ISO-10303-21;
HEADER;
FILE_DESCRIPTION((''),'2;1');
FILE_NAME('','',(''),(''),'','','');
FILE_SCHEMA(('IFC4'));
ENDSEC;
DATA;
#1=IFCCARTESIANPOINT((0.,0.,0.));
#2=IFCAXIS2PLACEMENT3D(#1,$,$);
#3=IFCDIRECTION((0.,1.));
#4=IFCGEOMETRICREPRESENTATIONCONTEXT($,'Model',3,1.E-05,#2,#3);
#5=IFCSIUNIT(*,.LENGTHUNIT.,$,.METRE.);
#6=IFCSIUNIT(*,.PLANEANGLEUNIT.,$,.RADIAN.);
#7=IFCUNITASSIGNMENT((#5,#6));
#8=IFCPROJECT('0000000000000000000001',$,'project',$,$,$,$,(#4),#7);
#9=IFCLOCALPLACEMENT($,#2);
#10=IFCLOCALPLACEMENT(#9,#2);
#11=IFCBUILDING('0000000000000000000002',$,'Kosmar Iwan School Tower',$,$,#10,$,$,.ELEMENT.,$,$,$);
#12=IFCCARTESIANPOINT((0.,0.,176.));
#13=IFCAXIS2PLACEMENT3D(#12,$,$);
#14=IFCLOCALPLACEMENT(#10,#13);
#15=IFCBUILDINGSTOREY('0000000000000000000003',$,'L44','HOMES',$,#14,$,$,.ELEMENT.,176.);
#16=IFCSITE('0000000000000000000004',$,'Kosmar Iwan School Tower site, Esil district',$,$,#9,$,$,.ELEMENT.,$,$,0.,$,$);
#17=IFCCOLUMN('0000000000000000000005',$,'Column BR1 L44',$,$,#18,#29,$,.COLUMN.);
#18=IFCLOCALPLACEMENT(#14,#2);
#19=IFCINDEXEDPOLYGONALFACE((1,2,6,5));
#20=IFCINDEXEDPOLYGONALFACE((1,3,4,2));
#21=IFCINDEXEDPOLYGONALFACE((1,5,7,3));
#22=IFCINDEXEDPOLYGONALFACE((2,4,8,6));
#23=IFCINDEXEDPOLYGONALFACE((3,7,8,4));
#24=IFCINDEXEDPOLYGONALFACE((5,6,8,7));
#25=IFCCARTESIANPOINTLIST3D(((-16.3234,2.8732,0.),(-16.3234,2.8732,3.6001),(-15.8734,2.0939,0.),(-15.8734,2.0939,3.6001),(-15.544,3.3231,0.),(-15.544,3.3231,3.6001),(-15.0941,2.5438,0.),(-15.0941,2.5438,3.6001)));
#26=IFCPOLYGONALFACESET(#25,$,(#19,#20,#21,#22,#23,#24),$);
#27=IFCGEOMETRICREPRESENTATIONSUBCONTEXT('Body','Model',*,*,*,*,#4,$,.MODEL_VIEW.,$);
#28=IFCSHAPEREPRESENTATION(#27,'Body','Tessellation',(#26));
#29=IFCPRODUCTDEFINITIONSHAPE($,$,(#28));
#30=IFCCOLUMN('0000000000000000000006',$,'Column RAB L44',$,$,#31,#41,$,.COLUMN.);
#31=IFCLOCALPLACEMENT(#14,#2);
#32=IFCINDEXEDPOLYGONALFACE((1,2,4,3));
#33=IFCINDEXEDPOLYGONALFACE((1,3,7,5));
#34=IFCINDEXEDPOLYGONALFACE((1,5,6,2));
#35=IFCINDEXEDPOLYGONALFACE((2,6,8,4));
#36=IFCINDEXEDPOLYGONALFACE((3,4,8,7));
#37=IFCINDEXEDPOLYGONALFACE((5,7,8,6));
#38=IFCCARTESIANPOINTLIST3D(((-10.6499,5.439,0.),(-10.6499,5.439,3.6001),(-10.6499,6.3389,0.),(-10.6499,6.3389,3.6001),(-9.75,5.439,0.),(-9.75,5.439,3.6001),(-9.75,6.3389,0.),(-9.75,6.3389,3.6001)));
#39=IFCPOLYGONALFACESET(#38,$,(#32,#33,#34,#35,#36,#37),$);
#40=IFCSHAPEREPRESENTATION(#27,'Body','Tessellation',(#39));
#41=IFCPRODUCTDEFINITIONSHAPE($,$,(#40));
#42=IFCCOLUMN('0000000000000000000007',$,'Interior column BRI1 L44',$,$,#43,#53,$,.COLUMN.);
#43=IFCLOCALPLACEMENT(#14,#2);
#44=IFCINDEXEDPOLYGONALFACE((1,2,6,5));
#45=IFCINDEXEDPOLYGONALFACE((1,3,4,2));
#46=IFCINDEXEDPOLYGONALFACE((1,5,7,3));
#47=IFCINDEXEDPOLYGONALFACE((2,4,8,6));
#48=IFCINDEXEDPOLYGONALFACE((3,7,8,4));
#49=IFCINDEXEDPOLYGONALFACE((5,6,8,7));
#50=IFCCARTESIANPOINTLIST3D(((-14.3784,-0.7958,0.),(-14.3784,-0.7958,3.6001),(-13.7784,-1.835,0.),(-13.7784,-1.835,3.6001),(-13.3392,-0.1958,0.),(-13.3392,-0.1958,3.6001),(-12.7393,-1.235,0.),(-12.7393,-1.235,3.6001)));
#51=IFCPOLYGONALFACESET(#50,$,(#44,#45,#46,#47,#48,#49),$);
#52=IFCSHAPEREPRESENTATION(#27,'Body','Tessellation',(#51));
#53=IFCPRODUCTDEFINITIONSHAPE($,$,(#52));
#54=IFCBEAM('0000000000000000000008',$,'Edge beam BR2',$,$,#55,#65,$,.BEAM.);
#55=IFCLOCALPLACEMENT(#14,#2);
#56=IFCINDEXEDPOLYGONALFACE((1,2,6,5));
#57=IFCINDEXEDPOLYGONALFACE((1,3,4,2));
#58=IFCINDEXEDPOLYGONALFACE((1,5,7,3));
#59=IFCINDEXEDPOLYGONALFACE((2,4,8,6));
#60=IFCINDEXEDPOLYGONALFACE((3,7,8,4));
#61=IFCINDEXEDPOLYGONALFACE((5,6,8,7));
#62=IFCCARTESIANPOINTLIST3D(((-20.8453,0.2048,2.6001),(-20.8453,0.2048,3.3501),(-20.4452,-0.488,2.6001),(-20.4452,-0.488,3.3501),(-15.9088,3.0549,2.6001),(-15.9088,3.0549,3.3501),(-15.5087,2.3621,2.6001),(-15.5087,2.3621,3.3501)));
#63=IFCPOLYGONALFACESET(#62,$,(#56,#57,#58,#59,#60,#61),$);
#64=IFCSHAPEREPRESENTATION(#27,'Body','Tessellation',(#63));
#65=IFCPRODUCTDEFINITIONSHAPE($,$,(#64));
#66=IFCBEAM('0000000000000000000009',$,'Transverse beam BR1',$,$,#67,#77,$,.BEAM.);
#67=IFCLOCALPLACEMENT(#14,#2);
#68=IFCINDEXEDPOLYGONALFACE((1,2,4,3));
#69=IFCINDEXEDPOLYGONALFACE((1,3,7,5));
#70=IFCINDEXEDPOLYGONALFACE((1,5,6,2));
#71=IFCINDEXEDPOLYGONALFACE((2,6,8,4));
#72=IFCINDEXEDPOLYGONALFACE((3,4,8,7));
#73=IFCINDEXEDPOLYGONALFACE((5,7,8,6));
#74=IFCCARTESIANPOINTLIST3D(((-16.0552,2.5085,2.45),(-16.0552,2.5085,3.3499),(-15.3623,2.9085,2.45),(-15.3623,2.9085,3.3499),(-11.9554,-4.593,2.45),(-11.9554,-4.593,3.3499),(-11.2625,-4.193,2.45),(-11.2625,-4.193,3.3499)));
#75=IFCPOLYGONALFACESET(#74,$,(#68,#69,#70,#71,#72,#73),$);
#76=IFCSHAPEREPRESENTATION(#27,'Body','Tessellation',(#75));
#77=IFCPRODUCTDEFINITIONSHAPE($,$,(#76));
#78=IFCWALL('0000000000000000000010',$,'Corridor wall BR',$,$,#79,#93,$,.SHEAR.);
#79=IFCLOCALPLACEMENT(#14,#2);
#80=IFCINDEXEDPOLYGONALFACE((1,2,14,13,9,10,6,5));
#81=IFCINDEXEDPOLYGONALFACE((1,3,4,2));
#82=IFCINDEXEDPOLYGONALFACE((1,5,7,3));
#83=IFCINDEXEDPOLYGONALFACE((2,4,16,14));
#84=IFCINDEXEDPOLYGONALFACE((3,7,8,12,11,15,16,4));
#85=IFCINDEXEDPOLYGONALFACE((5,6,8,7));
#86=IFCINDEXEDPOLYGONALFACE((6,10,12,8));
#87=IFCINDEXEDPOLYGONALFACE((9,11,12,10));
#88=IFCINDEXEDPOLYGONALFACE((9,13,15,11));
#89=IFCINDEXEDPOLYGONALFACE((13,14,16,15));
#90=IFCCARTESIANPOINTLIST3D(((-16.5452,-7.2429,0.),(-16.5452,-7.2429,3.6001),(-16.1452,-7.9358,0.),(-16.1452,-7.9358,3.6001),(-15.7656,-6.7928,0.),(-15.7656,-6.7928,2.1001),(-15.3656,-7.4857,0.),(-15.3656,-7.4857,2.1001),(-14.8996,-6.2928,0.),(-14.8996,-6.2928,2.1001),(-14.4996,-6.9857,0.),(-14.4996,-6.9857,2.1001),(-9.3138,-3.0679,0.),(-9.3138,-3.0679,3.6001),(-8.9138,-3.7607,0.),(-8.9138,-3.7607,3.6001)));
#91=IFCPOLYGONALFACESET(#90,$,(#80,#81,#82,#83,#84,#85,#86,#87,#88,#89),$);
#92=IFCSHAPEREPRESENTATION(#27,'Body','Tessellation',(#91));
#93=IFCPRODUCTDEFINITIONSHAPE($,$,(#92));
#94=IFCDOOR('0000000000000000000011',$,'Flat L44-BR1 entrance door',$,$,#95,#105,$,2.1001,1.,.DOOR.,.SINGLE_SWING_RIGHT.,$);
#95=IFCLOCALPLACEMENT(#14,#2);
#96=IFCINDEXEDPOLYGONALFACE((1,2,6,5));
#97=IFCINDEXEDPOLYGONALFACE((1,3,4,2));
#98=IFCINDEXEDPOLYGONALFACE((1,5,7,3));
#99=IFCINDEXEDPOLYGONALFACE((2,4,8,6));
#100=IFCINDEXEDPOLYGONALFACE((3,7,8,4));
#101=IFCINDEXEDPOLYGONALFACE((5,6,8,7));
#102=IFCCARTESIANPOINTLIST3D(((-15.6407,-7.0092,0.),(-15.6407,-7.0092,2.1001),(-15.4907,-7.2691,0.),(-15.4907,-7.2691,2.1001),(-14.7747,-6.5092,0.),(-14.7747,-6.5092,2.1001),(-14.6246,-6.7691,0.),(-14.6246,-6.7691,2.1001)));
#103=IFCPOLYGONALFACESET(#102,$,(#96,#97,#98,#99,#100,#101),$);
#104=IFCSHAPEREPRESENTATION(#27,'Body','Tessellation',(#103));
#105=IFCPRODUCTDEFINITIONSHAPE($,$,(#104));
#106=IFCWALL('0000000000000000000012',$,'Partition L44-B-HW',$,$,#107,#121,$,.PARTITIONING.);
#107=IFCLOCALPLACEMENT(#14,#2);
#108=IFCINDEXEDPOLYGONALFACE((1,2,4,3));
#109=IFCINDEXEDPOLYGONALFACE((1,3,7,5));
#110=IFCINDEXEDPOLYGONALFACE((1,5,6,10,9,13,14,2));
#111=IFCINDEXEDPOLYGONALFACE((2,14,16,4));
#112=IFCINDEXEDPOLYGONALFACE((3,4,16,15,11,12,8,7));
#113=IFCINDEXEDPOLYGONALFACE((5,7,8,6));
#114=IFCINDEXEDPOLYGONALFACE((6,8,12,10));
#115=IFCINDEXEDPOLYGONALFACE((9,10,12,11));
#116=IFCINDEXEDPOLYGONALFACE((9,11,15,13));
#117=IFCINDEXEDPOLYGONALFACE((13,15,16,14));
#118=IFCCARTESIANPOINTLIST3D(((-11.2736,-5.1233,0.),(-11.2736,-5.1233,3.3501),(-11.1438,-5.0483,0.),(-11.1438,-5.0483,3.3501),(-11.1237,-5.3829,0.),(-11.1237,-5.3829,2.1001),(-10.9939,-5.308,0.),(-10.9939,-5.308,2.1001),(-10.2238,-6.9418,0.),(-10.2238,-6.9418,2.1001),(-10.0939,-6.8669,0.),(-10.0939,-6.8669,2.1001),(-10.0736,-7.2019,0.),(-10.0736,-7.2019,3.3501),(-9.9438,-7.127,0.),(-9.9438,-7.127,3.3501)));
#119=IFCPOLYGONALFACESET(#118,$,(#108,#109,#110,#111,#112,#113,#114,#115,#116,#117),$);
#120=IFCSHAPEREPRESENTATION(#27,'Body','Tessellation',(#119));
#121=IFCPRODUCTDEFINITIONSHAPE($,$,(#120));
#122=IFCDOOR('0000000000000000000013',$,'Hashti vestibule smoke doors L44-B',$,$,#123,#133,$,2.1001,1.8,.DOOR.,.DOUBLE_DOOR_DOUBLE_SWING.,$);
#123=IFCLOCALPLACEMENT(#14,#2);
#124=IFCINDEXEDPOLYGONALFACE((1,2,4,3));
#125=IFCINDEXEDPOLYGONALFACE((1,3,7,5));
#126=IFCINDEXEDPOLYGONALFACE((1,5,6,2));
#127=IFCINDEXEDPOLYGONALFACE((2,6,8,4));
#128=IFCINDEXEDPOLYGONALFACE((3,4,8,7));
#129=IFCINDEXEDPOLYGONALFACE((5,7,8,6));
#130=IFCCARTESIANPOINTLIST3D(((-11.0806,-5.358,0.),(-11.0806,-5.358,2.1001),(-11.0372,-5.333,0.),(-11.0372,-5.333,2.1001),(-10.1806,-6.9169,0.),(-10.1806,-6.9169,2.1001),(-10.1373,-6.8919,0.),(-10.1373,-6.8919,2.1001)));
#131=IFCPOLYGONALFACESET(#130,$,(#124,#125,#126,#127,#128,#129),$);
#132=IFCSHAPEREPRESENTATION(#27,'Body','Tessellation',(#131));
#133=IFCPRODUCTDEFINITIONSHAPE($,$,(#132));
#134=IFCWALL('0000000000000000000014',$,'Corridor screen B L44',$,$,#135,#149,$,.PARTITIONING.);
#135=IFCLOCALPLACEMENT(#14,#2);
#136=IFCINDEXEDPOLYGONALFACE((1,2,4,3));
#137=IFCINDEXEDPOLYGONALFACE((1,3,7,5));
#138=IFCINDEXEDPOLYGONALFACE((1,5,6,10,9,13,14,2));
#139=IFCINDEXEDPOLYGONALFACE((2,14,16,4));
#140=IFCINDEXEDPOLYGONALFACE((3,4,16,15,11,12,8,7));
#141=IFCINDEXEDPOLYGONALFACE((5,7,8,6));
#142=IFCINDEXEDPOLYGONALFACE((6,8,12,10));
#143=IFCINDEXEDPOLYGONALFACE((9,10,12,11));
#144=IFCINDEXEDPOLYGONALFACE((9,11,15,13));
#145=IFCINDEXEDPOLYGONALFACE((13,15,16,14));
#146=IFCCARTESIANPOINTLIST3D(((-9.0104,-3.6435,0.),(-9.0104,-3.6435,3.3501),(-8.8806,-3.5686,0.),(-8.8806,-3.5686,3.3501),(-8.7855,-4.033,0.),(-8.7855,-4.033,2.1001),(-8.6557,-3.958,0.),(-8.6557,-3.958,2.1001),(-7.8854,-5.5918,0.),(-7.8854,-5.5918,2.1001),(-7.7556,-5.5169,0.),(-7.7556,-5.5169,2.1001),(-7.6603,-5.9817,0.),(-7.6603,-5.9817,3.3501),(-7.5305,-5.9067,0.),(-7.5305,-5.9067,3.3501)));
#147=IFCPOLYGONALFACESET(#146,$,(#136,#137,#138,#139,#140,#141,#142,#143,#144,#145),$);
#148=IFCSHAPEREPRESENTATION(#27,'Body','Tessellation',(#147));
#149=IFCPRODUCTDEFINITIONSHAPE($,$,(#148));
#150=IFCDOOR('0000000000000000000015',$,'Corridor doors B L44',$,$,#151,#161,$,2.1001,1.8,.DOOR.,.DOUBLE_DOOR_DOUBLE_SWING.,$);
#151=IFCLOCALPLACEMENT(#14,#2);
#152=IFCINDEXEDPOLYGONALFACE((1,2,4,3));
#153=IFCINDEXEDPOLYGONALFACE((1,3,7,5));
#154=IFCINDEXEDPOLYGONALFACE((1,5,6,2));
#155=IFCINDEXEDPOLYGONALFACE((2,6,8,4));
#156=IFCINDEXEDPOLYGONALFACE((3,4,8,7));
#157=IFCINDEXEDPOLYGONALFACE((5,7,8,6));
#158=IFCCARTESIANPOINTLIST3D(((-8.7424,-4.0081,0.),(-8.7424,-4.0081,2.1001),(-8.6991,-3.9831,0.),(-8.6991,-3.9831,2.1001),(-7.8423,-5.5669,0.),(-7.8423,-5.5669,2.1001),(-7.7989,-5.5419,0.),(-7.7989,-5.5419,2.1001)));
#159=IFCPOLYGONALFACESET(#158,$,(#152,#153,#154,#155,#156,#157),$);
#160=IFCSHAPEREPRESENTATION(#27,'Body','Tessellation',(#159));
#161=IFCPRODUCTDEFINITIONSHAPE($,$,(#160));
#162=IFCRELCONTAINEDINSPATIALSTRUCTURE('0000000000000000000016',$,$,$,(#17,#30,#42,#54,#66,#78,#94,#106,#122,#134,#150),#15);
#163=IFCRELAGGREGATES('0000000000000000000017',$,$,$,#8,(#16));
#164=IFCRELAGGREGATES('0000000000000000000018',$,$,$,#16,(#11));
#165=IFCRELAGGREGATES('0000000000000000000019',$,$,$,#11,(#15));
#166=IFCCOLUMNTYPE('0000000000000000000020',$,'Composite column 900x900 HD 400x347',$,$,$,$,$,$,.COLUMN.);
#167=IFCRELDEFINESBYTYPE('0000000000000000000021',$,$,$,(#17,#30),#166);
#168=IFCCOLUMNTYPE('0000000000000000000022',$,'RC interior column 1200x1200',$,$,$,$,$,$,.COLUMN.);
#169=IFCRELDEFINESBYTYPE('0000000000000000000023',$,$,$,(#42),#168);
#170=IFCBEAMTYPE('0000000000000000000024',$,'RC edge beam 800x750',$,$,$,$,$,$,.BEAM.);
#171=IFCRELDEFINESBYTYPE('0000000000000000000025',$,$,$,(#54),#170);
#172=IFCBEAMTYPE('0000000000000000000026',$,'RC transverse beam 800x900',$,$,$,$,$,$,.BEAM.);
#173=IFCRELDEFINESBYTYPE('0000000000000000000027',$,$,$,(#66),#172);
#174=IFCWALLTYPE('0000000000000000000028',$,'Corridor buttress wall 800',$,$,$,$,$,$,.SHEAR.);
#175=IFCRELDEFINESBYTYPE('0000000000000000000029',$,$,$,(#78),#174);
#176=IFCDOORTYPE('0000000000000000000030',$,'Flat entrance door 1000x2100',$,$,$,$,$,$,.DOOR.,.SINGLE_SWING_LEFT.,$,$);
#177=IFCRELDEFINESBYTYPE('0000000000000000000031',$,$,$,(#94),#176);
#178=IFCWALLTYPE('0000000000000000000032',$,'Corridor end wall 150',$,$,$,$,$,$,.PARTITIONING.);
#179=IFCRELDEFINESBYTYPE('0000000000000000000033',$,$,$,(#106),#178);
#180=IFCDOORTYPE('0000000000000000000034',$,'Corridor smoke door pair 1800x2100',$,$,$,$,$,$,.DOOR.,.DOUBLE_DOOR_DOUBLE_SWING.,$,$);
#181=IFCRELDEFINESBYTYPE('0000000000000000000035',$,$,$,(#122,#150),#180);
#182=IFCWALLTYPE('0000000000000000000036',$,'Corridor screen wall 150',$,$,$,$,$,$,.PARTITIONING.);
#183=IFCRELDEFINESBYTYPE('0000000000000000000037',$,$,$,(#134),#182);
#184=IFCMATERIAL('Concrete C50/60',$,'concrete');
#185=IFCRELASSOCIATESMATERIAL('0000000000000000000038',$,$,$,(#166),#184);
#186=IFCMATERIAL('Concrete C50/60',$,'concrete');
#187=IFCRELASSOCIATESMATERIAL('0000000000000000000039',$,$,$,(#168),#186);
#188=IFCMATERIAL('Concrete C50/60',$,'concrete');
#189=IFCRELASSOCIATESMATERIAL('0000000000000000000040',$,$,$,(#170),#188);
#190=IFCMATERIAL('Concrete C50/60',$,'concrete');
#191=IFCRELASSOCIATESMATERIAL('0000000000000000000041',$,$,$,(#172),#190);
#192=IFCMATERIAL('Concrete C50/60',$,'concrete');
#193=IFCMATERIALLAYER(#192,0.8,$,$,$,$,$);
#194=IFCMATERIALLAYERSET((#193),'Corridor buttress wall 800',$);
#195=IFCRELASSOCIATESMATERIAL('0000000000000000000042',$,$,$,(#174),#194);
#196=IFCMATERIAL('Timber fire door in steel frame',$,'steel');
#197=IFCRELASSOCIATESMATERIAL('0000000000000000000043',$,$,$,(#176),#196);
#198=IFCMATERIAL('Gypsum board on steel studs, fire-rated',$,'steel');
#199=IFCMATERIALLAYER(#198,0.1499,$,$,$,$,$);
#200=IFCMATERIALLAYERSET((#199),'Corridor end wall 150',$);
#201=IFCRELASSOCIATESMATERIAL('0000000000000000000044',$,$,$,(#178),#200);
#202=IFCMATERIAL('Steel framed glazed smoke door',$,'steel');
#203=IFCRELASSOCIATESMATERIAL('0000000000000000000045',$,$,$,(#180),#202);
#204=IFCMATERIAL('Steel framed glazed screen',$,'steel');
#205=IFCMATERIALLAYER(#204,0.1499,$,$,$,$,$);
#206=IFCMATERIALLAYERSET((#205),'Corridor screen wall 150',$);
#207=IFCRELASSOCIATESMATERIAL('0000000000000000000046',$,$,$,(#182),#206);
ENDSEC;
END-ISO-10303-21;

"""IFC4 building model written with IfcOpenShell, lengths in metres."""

from ifc_helpers import new_model, si_unit, direction, frame, frame_2d, origin, origin_2d, place, context, subcontext, project, spatial, rectangle, extrude, material, layer, layer_set, material_profile, profile_set, type_object, element, fill, save


model = new_model("IFC4")

# Units and contexts
model_context = context("Model", 3, precision=1e-05, world=origin(), true_north=direction((0.0, 1.0)))
body_context = subcontext(model_context, "Body", "Model", "MODEL_VIEW")
ifc_project = project(units=[si_unit("LENGTHUNIT", "METRE"), si_unit("PLANEANGLEUNIT", "RADIAN")], contexts=[model_context])

# Site, building, storey
site_placement = place(None, origin())
site = spatial("IfcSite", under=ifc_project, at=site_placement, Name="Kosmar Iwan School Tower site, Esil district", CompositionType="ELEMENT", RefElevation=0.0)
building_placement = place(site_placement, origin())
building = spatial("IfcBuilding", under=site, at=building_placement, Name="Kosmar Iwan School Tower", CompositionType="ELEMENT")
storey_placement = place(building_placement, frame((0.0, 0.0, 176.0)))
storey = spatial("IfcBuildingStorey", under=building, at=storey_placement, Name="L44", Description="HOMES", CompositionType="ELEMENT", Elevation=176.0)

# Columns
ifc_material_1 = material(Name="Concrete C50/60", Category="concrete")
ifc_material_profile_1 = material_profile(ifc_material_1, rectangle(XDim=0.8999, YDim=0.8999, at=origin_2d()), Name="RC 900x900 + HD 400x347")
ifc_profile_set_1 = profile_set([ifc_material_profile_1], Name="Concrete C50/60")
column_type_1 = type_object("IfcColumnType", Name="Composite column 900x900 HD 400x347", PredefinedType="COLUMN", material=ifc_profile_set_1)
for number, where, z_axis, x_axis, name in (
    (1, (-15.7087, 2.7085, 0.0), (0.0, 0.0, 1.0), (-0.866025, -0.5, 0.0), "Column BR1 L44"),
    (2, (-10.2, 5.8889, 0.0), (0.0, 0.0, 1.0), (1.0, 0.0, 0.0), "Column RAB L44"),
):
    element("IfcColumn", number, at=place(storey_placement, frame(where, z_axis=z_axis, x_axis=x_axis)), inside=storey, type_object=column_type_1, Name=name, PredefinedType="COLUMN", context=body_context, shape_type="SweptSolid", body=[
        extrude(rectangle(XDim=0.8999, YDim=0.8999, at=origin_2d()), origin(), (0.0, 0.0, 1.0), 3.6001),
    ])
ifc_material_2 = material(Name="Concrete C50/60", Category="concrete")
ifc_material_profile_2 = material_profile(ifc_material_2, rectangle(XDim=1.2, YDim=1.2, at=origin_2d()), Name="RC 1200x1200")
ifc_profile_set_2 = profile_set([ifc_material_profile_2], Name="Concrete C50/60")
column_type_2 = type_object("IfcColumnType", Name="RC interior column 1200x1200", PredefinedType="COLUMN", material=ifc_profile_set_2)
column_placement = place(storey_placement, frame((-13.5588, -1.0154, 0.0), z_axis=(0.0, 0.0, 1.0), x_axis=(-0.866025, -0.5, 0.0)))
element("IfcColumn", 3, at=column_placement, inside=storey, type_object=column_type_2, Name="Interior column BRI1 L44", PredefinedType="COLUMN", context=body_context, shape_type="SweptSolid", body=[
    extrude(rectangle(XDim=1.2, YDim=1.2, at=origin_2d()), origin(), (0.0, 0.0, 1.0), 3.6001),
])

# Beams
ifc_material_3 = material(Name="Concrete C50/60", Category="concrete")
ifc_material_profile_3 = material_profile(ifc_material_3, rectangle(XDim=0.8, YDim=0.75, at=origin_2d()), Name="RC 800x750")
ifc_profile_set_3 = profile_set([ifc_material_profile_3], Name="Concrete C50/60")
beam_type_1 = type_object("IfcBeamType", Name="RC edge beam 800x750", PredefinedType="BEAM", material=ifc_profile_set_3)
beam_1_placement = place(storey_placement, frame((-15.7087, 2.7085, 2.9751), z_axis=(-0.866026, -0.499999, 0.0), x_axis=(0.499999, -0.866026, 0.0)))
element("IfcBeam", 4, at=beam_1_placement, inside=storey, type_object=beam_type_1, Name="Edge beam BR2", PredefinedType="BEAM", context=body_context, shape_type="SweptSolid", body=[
    extrude(rectangle(XDim=0.8, YDim=0.75, at=origin_2d()), origin(), (0.0, 0.0, 1.0), 5.7002),
])
ifc_material_4 = material(Name="Concrete C50/60", Category="concrete")
ifc_material_profile_4 = material_profile(ifc_material_4, rectangle(XDim=0.8, YDim=0.8999, at=origin_2d()), Name="RC 800x900")
ifc_profile_set_4 = profile_set([ifc_material_profile_4], Name="Concrete C50/60")
beam_type_2 = type_object("IfcBeamType", Name="RC transverse beam 800x900", PredefinedType="BEAM", material=ifc_profile_set_4)
beam_2_placement = place(storey_placement, frame((-15.7087, 2.7085, 2.8999), z_axis=(0.499978, -0.866038, 0.0), x_axis=(0.866038, 0.499978, 0.0)))
element("IfcBeam", 5, at=beam_2_placement, inside=storey, type_object=beam_type_2, Name="Transverse beam BR1", PredefinedType="BEAM", context=body_context, shape_type="SweptSolid", body=[
    extrude(rectangle(XDim=0.8, YDim=0.8999, at=origin_2d()), origin(), (0.0, 0.0, 1.0), 8.2),
])

# Walls, openings, doors
ifc_material_5 = material(Name="Concrete C50/60", Category="concrete")
ifc_layer_1 = layer(ifc_material_5, 0.8)
ifc_layer_set_1 = layer_set([ifc_layer_1], Name="Corridor buttress wall 800")
wall_type_1 = type_object("IfcWallType", Name="Corridor buttress wall 800", PredefinedType="SHEAR", material=ifc_layer_set_1)
wall_1_placement = place(storey_placement, frame((-9.1138, -3.4143, 0.0), z_axis=(0.0, 0.0, 1.0), x_axis=(-0.866027, -0.499997, 0.0)))
wall_1 = element("IfcWall", 6, at=wall_1_placement, inside=storey, type_object=wall_type_1, Name="Corridor wall BR", PredefinedType="SHEAR", context=body_context, shape_type="SweptSolid", body=[
    extrude(rectangle(XDim=8.3501, YDim=0.8, at=frame_2d((4.175, 0.0))), origin(), (0.0, 0.0, 1.0), 3.6001),
])
opening_1_placement = place(wall_1_placement, frame((6.45, 0.0, 0.0)))
opening_1 = element("IfcOpeningElement", 7, at=opening_1_placement, cuts=wall_1, PredefinedType="OPENING", context=body_context, shape_type="SweptSolid", body=[
    extrude(rectangle(XDim=1.0, YDim=2.1001, at=frame_2d((0.5, 1.05))), frame((0.0, 0.4121, 0.0), z_axis=(0.0, -1.0, 0.0), x_axis=(1.0, 0.0, 0.0)), (0.0, 0.0, 1.0), 0.824),
])
ifc_material_6 = material(Name="Timber fire door in steel frame", Category="steel")
door_type_1 = type_object("IfcDoorType", Name="Flat entrance door 1000x2100", OperationType="SINGLE_SWING_LEFT", PredefinedType="DOOR", material=ifc_material_6)
door_1_placement = place(opening_1_placement, origin())
door_1 = element("IfcDoor", 8, at=door_1_placement, inside=storey, type_object=door_type_1, Name="Flat L44-BR1 entrance door", OperationType="SINGLE_SWING_RIGHT", OverallHeight=2.1001, OverallWidth=1.0, PredefinedType="DOOR", context=body_context, shape_type="SweptSolid", body=[
    extrude(rectangle(XDim=1.0, YDim=2.1001, at=frame_2d((0.5, 1.05))), frame((0.0, 0.1499, 0.0), z_axis=(0.0, -1.0, 0.0), x_axis=(1.0, 0.0, 0.0)), (0.0, 0.0, 1.0), 0.3),
])
fill(opening_1, door_1)
ifc_material_7 = material(Name="Gypsum board on steel studs, fire-rated", Category="steel")
ifc_layer_2 = layer(ifc_material_7, 0.1499)
ifc_layer_set_2 = layer_set([ifc_layer_2], Name="Corridor end wall 150")
wall_type_2 = type_object("IfcWallType", Name="Corridor end wall 150", PredefinedType="PARTITIONING", material=ifc_layer_set_2)
wall_2_placement = place(storey_placement, frame((-11.2087, -5.0857, 0.0), z_axis=(0.0, 0.0, 1.0), x_axis=(0.499957, -0.86605, 0.0)))
wall_2 = element("IfcWall", 9, at=wall_2_placement, inside=storey, type_object=wall_type_2, Name="Partition L44-B-HW", PredefinedType="PARTITIONING", context=body_context, shape_type="SweptSolid", body=[
    extrude(rectangle(XDim=2.4001, YDim=0.1499, at=frame_2d((1.2002, 0.0))), origin(), (0.0, 0.0, 1.0), 3.3501),
])
opening_2_placement = place(wall_2_placement, frame((0.3, 0.0, 0.0)))
opening_2 = element("IfcOpeningElement", 10, at=opening_2_placement, cuts=wall_2, PredefinedType="OPENING", context=body_context, shape_type="SweptSolid", body=[
    extrude(rectangle(XDim=1.8, YDim=2.1001, at=frame_2d((0.8999, 1.05))), frame((0.0, 0.0869, 0.0), z_axis=(0.0, -1.0, 0.0), x_axis=(1.0, 0.0, 0.0)), (0.0, 0.0, 1.0), 0.1738),
])
ifc_material_8 = material(Name="Steel framed glazed smoke door", Category="steel")
door_type_2 = type_object("IfcDoorType", Name="Corridor smoke door pair 1800x2100", OperationType="DOUBLE_DOOR_DOUBLE_SWING", PredefinedType="DOOR", material=ifc_material_8)
door_2_placement = place(opening_2_placement, origin())
door_2 = element("IfcDoor", 11, at=door_2_placement, inside=storey, type_object=door_type_2, Name="Hashti vestibule smoke doors L44-B", OperationType="DOUBLE_DOOR_DOUBLE_SWING", OverallHeight=2.1001, OverallWidth=1.8, PredefinedType="DOOR", context=body_context, shape_type="SweptSolid", body=[
    extrude(rectangle(XDim=1.8, YDim=2.1001, at=frame_2d((0.8999, 1.05))), frame((0.0, 0.0249, 0.0), z_axis=(0.0, -1.0, 0.0), x_axis=(1.0, 0.0, 0.0)), (0.0, 0.0, 1.0), 0.05),
])
fill(opening_2, door_2)
ifc_material_9 = material(Name="Steel framed glazed screen", Category="steel")
ifc_layer_3 = layer(ifc_material_9, 0.1499)
ifc_layer_set_3 = layer_set([ifc_layer_3], Name="Corridor screen wall 150")
wall_type_3 = type_object("IfcWallType", Name="Corridor screen wall 150", PredefinedType="PARTITIONING", material=ifc_layer_set_3)
wall_3_placement = place(storey_placement, frame((-8.9456, -3.606, 0.0), z_axis=(0.0, 0.0, 1.0), x_axis=(0.500049, -0.865997, 0.0)))
wall_3 = element("IfcWall", 12, at=wall_3_placement, inside=storey, type_object=wall_type_3, Name="Corridor screen B L44", PredefinedType="PARTITIONING", context=body_context, shape_type="SweptSolid", body=[
    extrude(rectangle(XDim=2.7, YDim=0.1499, at=frame_2d((1.3501, 0.0))), origin(), (0.0, 0.0, 1.0), 3.3501),
])
opening_3_placement = place(wall_3_placement, frame((0.45, 0.0, 0.0)))
opening_3 = element("IfcOpeningElement", 13, at=opening_3_placement, cuts=wall_3, PredefinedType="OPENING", context=body_context, shape_type="SweptSolid", body=[
    extrude(rectangle(XDim=1.8, YDim=2.1001, at=frame_2d((0.8999, 1.05))), frame((0.0, 0.0869, 0.0), z_axis=(0.0, -1.0, 0.0), x_axis=(1.0, 0.0, 0.0)), (0.0, 0.0, 1.0), 0.1738),
])
door_3_placement = place(opening_3_placement, origin())
door_3 = element("IfcDoor", 14, at=door_3_placement, inside=storey, type_object=door_type_2, Name="Corridor doors B L44", OperationType="DOUBLE_DOOR_DOUBLE_SWING", OverallHeight=2.1001, OverallWidth=1.8, PredefinedType="DOOR", context=body_context, shape_type="SweptSolid", body=[
    extrude(rectangle(XDim=1.8, YDim=2.1001, at=frame_2d((0.8999, 1.05))), frame((0.0, 0.0249, 0.0), z_axis=(0.0, -1.0, 0.0), x_axis=(1.0, 0.0, 0.0)), (0.0, 0.0, 1.0), 0.05),
])
fill(opening_3, door_3)

save(model, "model.ifc")
